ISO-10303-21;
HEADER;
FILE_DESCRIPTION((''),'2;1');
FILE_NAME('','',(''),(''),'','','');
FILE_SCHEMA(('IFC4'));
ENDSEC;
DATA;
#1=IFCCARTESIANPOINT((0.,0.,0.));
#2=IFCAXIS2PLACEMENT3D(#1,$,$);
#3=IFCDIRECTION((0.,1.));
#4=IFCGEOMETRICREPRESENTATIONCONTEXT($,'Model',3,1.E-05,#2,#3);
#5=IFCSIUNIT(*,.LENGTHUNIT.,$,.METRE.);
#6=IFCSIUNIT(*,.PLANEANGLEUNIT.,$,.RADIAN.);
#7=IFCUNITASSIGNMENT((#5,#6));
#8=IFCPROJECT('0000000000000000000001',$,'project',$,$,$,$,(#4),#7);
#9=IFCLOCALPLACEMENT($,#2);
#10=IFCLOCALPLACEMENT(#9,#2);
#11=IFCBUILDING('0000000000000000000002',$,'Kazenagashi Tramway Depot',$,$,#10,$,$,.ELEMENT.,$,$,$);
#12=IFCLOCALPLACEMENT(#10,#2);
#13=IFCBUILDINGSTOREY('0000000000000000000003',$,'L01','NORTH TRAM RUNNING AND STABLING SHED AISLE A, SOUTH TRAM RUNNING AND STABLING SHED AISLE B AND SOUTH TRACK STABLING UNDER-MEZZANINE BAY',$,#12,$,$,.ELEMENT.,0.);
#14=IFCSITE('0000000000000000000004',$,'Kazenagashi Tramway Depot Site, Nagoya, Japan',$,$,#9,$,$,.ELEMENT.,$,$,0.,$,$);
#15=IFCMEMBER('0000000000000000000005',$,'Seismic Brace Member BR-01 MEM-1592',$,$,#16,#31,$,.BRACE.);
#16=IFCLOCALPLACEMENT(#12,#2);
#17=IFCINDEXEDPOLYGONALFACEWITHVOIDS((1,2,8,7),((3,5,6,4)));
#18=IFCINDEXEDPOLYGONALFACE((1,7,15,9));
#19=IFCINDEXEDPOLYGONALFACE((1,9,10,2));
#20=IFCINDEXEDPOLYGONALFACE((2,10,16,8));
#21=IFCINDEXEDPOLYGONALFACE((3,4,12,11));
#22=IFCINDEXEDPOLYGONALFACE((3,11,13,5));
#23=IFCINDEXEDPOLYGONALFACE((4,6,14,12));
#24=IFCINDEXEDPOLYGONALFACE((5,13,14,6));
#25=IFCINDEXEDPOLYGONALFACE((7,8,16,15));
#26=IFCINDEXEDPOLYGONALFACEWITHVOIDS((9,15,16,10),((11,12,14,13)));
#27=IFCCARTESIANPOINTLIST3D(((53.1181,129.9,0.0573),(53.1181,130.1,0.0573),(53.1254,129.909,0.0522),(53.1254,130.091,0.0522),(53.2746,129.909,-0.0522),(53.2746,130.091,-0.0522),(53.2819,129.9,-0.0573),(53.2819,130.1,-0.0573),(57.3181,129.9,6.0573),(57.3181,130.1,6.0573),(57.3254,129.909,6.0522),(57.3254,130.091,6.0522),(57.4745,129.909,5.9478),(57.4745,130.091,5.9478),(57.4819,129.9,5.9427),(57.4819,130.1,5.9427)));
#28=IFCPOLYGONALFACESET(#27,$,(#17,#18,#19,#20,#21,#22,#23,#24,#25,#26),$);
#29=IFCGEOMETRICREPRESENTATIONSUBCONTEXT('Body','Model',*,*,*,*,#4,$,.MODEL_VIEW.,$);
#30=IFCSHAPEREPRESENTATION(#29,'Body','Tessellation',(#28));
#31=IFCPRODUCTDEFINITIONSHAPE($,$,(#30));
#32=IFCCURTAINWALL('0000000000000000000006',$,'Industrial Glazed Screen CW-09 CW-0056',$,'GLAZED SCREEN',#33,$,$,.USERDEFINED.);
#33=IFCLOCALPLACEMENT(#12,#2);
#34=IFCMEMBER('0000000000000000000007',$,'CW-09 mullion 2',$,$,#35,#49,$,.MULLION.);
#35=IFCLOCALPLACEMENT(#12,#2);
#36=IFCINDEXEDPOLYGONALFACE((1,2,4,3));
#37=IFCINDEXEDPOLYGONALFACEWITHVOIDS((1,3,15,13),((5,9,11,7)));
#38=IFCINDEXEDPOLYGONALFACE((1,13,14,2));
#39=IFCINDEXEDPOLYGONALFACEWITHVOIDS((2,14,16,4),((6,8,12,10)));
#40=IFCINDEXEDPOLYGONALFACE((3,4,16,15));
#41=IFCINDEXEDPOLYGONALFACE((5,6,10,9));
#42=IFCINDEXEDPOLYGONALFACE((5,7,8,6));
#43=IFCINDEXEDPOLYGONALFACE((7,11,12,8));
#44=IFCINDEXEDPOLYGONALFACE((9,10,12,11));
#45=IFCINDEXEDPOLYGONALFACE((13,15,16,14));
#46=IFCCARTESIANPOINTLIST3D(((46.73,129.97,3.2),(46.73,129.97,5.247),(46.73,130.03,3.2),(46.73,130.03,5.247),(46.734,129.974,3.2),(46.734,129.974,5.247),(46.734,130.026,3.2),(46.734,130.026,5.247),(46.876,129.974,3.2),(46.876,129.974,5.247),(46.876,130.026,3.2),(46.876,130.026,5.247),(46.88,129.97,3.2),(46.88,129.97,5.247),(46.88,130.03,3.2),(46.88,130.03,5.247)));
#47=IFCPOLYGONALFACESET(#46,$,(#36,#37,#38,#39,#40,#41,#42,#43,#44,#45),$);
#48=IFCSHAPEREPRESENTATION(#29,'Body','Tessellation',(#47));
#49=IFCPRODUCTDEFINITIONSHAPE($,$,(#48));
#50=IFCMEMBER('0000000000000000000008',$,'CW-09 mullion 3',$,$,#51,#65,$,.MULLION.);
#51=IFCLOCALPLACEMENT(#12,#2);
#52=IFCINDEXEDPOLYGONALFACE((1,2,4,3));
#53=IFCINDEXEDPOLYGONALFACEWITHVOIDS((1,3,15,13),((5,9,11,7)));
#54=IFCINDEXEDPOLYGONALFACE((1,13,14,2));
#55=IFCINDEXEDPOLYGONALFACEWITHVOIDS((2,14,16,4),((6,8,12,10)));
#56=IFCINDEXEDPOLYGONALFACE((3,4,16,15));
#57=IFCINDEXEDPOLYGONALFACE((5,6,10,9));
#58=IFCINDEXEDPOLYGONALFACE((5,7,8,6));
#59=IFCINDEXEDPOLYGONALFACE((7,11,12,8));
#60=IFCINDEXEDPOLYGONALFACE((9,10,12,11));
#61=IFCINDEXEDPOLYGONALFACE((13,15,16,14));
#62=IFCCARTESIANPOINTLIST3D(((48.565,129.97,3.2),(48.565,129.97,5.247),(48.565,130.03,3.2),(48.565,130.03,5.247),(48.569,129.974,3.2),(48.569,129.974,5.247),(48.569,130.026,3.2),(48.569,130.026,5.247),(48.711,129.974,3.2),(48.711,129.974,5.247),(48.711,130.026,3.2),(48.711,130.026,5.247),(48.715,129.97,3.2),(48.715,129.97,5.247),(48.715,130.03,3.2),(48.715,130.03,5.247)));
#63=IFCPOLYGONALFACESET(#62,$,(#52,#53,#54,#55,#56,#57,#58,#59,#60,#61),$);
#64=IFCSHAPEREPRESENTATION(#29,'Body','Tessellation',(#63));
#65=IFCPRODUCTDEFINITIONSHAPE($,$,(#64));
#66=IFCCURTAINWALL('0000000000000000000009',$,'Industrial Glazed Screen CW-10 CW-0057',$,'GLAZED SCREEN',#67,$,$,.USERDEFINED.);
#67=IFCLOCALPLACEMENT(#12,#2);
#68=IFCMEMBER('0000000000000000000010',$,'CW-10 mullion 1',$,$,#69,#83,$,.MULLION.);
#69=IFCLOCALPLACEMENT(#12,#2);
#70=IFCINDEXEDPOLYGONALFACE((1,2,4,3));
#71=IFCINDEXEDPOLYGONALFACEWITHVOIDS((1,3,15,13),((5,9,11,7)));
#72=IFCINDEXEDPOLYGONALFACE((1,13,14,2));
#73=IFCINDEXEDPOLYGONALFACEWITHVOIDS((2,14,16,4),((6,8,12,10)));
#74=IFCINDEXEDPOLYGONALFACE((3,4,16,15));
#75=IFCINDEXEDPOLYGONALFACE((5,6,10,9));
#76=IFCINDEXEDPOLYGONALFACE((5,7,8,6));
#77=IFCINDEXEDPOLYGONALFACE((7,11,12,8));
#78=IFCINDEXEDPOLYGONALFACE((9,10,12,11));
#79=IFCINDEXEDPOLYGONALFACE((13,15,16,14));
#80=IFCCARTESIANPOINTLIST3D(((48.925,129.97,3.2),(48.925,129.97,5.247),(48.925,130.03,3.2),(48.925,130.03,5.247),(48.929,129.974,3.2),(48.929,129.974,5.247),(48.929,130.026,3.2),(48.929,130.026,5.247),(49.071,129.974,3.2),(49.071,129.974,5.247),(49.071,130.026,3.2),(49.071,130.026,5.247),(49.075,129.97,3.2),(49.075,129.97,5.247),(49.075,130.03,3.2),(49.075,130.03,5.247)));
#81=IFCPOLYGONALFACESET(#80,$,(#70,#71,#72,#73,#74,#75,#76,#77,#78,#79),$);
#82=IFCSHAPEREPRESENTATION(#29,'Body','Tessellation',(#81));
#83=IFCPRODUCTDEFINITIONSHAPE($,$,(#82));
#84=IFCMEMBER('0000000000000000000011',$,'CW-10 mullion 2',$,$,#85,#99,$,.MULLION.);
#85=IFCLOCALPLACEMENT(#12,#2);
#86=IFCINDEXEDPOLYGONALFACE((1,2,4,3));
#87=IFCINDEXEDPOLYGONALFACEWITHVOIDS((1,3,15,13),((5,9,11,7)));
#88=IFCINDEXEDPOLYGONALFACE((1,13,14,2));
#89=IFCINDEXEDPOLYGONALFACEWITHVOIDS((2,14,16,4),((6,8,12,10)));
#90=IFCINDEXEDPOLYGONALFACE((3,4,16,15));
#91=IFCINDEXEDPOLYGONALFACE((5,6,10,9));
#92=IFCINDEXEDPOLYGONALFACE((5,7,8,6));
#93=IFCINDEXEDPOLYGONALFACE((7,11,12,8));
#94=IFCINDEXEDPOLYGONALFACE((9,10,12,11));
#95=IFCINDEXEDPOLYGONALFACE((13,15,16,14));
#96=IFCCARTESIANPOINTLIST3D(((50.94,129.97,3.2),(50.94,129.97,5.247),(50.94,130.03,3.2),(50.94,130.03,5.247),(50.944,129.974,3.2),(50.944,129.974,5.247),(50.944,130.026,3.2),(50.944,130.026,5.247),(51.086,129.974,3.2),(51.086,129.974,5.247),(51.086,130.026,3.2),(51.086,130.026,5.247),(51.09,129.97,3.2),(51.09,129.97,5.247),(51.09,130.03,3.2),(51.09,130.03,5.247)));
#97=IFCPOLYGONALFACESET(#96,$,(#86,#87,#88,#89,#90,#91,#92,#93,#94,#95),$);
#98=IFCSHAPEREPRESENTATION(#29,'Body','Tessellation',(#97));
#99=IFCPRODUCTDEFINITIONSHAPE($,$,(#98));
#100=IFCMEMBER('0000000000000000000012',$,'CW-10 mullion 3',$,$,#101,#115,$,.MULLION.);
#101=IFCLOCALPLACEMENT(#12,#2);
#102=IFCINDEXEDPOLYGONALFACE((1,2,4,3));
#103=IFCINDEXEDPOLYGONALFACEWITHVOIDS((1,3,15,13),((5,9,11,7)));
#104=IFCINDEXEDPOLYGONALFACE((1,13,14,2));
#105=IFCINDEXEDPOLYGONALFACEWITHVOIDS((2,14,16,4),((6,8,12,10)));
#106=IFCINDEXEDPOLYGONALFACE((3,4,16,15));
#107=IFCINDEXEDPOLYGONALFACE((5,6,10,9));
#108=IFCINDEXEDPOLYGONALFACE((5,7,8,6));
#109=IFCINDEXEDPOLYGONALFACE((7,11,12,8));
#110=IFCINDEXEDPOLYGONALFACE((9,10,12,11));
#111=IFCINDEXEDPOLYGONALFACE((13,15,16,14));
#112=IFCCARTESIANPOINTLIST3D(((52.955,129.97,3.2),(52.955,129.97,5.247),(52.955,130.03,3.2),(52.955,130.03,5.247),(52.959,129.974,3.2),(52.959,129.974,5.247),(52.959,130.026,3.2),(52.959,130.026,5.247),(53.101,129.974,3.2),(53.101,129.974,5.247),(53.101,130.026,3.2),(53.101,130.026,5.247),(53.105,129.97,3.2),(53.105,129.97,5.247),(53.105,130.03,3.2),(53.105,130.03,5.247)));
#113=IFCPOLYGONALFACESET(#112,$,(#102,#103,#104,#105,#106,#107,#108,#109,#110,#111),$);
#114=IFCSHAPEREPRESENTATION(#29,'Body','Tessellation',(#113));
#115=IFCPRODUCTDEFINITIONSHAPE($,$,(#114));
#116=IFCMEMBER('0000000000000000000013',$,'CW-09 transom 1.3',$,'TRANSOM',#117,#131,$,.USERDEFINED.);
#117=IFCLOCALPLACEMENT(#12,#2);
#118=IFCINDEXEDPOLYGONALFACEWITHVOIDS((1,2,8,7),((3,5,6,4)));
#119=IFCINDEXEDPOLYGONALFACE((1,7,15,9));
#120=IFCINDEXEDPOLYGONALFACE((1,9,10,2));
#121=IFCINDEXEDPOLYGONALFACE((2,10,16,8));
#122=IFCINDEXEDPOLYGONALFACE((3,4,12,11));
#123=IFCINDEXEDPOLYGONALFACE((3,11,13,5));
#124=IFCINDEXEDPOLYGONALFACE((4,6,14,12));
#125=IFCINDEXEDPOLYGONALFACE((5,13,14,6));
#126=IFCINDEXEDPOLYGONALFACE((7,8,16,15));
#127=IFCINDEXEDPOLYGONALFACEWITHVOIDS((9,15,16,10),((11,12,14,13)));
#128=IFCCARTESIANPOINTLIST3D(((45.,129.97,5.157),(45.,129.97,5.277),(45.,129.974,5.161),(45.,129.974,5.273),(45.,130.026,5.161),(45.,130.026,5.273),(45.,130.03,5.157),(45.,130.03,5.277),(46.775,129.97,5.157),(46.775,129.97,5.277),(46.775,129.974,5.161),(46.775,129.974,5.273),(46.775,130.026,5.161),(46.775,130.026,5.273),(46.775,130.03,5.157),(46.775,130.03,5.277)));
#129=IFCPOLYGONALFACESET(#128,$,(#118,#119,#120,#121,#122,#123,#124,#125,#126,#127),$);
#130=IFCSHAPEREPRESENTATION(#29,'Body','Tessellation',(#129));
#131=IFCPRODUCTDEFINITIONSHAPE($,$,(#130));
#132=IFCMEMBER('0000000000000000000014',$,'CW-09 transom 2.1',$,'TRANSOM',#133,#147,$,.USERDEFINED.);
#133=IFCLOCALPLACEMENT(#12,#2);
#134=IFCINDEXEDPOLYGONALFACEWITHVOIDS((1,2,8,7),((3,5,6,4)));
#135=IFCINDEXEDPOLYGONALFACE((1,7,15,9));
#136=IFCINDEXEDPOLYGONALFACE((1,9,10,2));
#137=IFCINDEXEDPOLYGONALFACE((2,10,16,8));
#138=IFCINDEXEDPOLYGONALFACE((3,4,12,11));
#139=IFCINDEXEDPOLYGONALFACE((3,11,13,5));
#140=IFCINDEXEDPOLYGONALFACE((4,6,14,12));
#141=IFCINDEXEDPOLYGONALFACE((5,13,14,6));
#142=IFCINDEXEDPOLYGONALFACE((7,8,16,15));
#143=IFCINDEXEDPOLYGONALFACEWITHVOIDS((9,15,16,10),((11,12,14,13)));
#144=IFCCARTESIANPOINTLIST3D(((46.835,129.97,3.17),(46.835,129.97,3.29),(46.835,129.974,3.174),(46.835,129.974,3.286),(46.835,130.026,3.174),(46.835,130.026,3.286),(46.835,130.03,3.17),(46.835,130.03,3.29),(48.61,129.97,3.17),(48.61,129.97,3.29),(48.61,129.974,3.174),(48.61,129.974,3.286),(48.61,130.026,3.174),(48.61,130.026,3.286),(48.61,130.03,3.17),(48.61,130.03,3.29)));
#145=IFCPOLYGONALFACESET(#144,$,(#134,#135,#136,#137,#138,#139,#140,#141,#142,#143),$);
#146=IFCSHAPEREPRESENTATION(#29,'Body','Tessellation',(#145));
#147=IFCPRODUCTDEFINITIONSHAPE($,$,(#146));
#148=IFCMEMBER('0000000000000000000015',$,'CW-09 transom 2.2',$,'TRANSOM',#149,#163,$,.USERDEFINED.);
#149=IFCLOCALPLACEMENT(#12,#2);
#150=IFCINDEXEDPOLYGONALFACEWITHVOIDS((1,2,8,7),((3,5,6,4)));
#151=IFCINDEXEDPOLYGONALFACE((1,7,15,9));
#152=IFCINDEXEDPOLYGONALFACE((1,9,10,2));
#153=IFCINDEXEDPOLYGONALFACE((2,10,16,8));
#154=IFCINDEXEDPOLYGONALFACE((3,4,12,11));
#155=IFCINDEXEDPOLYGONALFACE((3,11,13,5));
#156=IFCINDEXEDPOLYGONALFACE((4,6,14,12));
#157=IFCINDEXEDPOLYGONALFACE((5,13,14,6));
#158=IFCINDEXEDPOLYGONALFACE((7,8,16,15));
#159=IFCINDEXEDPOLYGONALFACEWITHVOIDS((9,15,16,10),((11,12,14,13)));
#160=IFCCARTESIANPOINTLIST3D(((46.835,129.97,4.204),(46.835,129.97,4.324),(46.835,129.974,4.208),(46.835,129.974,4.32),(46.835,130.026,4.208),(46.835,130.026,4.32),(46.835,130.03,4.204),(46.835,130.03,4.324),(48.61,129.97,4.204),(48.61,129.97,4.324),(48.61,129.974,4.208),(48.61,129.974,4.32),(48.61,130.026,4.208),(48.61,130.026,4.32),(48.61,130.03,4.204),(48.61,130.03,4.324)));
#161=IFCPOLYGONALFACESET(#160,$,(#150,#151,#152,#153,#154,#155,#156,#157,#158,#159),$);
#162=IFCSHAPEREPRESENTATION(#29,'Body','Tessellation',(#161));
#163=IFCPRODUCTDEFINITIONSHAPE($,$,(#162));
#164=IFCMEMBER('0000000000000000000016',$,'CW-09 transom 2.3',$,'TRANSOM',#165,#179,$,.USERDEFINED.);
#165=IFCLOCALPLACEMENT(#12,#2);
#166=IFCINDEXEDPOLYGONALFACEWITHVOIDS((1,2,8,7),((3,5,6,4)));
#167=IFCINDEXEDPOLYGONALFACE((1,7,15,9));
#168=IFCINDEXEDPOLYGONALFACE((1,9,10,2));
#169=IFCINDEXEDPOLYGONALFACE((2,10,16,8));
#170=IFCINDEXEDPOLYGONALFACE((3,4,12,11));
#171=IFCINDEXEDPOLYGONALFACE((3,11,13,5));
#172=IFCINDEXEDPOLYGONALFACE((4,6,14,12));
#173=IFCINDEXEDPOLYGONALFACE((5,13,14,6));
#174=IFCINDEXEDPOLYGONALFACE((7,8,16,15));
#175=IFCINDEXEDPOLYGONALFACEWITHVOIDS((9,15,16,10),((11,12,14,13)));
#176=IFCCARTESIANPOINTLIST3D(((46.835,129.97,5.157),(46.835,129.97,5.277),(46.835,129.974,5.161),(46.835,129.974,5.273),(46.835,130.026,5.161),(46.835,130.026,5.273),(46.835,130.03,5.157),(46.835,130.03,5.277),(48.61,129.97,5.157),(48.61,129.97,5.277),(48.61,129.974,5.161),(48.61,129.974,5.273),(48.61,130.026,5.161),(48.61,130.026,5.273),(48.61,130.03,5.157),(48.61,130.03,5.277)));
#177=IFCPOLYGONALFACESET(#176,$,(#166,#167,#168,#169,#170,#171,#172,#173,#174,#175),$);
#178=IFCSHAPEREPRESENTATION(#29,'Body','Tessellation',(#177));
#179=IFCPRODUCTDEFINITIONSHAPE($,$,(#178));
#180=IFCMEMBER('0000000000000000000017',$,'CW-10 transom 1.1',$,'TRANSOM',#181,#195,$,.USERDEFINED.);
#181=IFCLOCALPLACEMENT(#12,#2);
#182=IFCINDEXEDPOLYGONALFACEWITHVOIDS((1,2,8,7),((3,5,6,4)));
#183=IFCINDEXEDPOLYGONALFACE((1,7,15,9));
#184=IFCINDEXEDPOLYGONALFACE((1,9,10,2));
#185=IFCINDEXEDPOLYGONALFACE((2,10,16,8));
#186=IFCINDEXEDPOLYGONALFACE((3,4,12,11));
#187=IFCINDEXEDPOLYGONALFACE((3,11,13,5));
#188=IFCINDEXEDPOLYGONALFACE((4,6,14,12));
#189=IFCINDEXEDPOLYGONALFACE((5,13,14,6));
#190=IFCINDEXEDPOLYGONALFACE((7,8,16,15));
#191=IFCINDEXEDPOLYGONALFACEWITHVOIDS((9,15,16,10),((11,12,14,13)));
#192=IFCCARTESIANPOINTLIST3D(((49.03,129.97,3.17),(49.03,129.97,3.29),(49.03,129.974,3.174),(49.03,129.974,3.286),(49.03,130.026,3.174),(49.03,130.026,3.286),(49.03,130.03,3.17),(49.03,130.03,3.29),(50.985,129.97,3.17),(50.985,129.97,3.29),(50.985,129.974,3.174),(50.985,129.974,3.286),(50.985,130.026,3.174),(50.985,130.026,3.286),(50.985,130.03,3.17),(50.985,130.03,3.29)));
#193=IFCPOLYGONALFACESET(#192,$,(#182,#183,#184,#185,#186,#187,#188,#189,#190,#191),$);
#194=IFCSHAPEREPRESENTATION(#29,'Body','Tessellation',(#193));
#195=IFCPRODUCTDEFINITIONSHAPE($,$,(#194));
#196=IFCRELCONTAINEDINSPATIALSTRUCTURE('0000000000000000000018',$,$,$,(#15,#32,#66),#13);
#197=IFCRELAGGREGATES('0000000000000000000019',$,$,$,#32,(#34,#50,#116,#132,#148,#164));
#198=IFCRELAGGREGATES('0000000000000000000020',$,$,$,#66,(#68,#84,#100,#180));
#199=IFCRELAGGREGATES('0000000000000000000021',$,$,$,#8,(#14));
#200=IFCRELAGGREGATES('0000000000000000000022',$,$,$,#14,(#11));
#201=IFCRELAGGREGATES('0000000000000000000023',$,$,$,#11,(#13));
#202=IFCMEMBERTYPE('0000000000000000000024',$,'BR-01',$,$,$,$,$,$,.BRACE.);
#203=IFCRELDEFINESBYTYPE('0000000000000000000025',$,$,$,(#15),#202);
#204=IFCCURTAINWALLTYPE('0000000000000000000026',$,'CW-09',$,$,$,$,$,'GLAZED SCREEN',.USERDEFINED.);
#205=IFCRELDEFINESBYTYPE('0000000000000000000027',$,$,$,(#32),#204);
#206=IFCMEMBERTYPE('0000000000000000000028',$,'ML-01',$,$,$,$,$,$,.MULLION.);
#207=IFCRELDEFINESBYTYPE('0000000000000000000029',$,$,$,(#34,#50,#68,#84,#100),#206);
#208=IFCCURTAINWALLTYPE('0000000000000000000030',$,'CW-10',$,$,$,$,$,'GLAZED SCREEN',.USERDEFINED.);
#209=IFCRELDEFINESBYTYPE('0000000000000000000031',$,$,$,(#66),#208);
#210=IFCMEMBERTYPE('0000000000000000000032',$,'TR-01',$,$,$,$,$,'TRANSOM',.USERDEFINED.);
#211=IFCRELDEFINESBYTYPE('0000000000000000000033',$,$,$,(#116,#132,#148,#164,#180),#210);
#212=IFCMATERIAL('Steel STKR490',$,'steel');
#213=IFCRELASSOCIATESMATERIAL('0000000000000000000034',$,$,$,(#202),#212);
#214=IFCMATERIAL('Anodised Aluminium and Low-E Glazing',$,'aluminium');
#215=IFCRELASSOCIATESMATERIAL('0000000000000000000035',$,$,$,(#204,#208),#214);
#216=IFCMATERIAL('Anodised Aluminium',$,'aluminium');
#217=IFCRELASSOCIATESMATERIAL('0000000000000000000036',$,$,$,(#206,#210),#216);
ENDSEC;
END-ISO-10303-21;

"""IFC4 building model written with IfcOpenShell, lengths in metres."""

from ifc_helpers import new_model, si_unit, direction, frame, origin, origin_2d, place, context, subcontext, project, spatial, hollow_rectangle, extrude, material, material_profile, profile_set, type_object, element, aggregate, save


model = new_model("IFC4")

# Units and contexts
model_context = context("Model", 3, precision=1e-05, world=origin(), true_north=direction((0.0, 1.0)))
body_context = subcontext(model_context, "Body", "Model", "MODEL_VIEW")
ifc_project = project(units=[si_unit("LENGTHUNIT", "METRE"), si_unit("PLANEANGLEUNIT", "RADIAN")], contexts=[model_context])

# Site, building, storey
site_placement = place(None, origin())
site = spatial("IfcSite", under=ifc_project, at=site_placement, Name="Kazenagashi Tramway Depot Site, Nagoya, Japan", CompositionType="ELEMENT", RefElevation=0.0)
building_placement = place(site_placement, origin())
building = spatial("IfcBuilding", under=site, at=building_placement, Name="Kazenagashi Tramway Depot", CompositionType="ELEMENT")
storey_placement = place(building_placement, origin())
storey = spatial("IfcBuildingStorey", under=building, at=storey_placement, Name="L01", Description="NORTH TRAM RUNNING AND STABLING SHED AISLE A, SOUTH TRAM RUNNING AND STABLING SHED AISLE B AND SOUTH TRACK STABLING UNDER-MEZZANINE BAY", CompositionType="ELEMENT", Elevation=0.0)

# Member
ifc_material_1 = material(Name="Steel STKR490", Category="steel")
ifc_material_profile_1 = material_profile(ifc_material_1, hollow_rectangle(XDim=0.2, YDim=0.2, WallThickness=0.009, at=origin_2d()), Name="SHS-200x200x9")
ifc_profile_set_1 = profile_set([ifc_material_profile_1], Name="Steel STKR490")
member_type_1 = type_object("IfcMemberType", Name="BR-01", PredefinedType="BRACE", material=ifc_profile_set_1)
member_1_placement = place(storey_placement, frame((53.2, 130.0, 0.0), z_axis=(0.573462, 0.0, 0.819232), x_axis=(0.0, 1.0, 0.0)))
element("IfcMember", 1, at=member_1_placement, inside=storey, type_object=member_type_1, Name="Seismic Brace Member BR-01 MEM-1592", PredefinedType="BRACE", context=body_context, shape_type="SweptSolid", body=[
    extrude(hollow_rectangle(XDim=0.2, YDim=0.2, WallThickness=0.009, at=origin_2d()), origin(), (0.0, 0.0, 1.0), 7.3239),
])

# Curtain walls, members
ifc_material_2 = material(Name="Anodised Aluminium and Low-E Glazing", Category="aluminium")
curtain_wall_type_1 = type_object("IfcCurtainWallType", Name="CW-09", ElementType="GLAZED SCREEN", PredefinedType="USERDEFINED", material=ifc_material_2)
curtain_wall_1_placement = place(storey_placement, origin())
curtain_wall_1 = element("IfcCurtainWall", 2, at=curtain_wall_1_placement, inside=storey, type_object=curtain_wall_type_1, Name="Industrial Glazed Screen CW-09 CW-0056", ObjectType="GLAZED SCREEN", PredefinedType="USERDEFINED")
ifc_material_3 = material(Name="Anodised Aluminium", Category="aluminium")
ifc_material_profile_2 = material_profile(ifc_material_3, hollow_rectangle(XDim=0.06, YDim=0.15, WallThickness=0.004, at=origin_2d()), Name="RHS-150x60x4")
ifc_profile_set_2 = profile_set([ifc_material_profile_2], Name="Anodised Aluminium")
member_type_2 = type_object("IfcMemberType", Name="ML-01", PredefinedType="MULLION", material=ifc_profile_set_2)
member_2_placement = place(storey_placement, frame((46.805, 130.0, 3.2), z_axis=(0.0, 0.0, 1.0), x_axis=(0.0, 1.0, 0.0)))
member_2 = element("IfcMember", 3, at=member_2_placement, type_object=member_type_2, Name="CW-09 mullion 2", PredefinedType="MULLION", context=body_context, shape_type="SweptSolid", body=[
    extrude(hollow_rectangle(XDim=0.06, YDim=0.15, WallThickness=0.004, at=origin_2d()), origin(), (0.0, 0.0, 1.0), 2.047),
])
member_3_placement = place(storey_placement, frame((48.64, 130.0, 3.2), z_axis=(0.0, 0.0, 1.0), x_axis=(0.0, 1.0, 0.0)))
member_3 = element("IfcMember", 4, at=member_3_placement, type_object=member_type_2, Name="CW-09 mullion 3", PredefinedType="MULLION", context=body_context, shape_type="SweptSolid", body=[
    extrude(hollow_rectangle(XDim=0.06, YDim=0.15, WallThickness=0.004, at=origin_2d()), origin(), (0.0, 0.0, 1.0), 2.047),
])
curtain_wall_type_2 = type_object("IfcCurtainWallType", Name="CW-10", ElementType="GLAZED SCREEN", PredefinedType="USERDEFINED", material=ifc_material_2)
curtain_wall_2_placement = place(storey_placement, origin())
curtain_wall_2 = element("IfcCurtainWall", 5, at=curtain_wall_2_placement, inside=storey, type_object=curtain_wall_type_2, Name="Industrial Glazed Screen CW-10 CW-0057", ObjectType="GLAZED SCREEN", PredefinedType="USERDEFINED")
member_4_placement = place(storey_placement, frame((49.0, 130.0, 3.2), z_axis=(0.0, 0.0, 1.0), x_axis=(0.0, 1.0, 0.0)))
member_4 = element("IfcMember", 6, at=member_4_placement, type_object=member_type_2, Name="CW-10 mullion 1", PredefinedType="MULLION", context=body_context, shape_type="SweptSolid", body=[
    extrude(hollow_rectangle(XDim=0.06, YDim=0.15, WallThickness=0.004, at=origin_2d()), origin(), (0.0, 0.0, 1.0), 2.047),
])
member_5_placement = place(storey_placement, frame((51.015, 130.0, 3.2), z_axis=(0.0, 0.0, 1.0), x_axis=(0.0, 1.0, 0.0)))
member_5 = element("IfcMember", 7, at=member_5_placement, type_object=member_type_2, Name="CW-10 mullion 2", PredefinedType="MULLION", context=body_context, shape_type="SweptSolid", body=[
    extrude(hollow_rectangle(XDim=0.06, YDim=0.15, WallThickness=0.004, at=origin_2d()), origin(), (0.0, 0.0, 1.0), 2.047),
])
member_6_placement = place(storey_placement, frame((53.03, 130.0, 3.2), z_axis=(0.0, 0.0, 1.0), x_axis=(0.0, 1.0, 0.0)))
member_6 = element("IfcMember", 8, at=member_6_placement, type_object=member_type_2, Name="CW-10 mullion 3", PredefinedType="MULLION", context=body_context, shape_type="SweptSolid", body=[
    extrude(hollow_rectangle(XDim=0.06, YDim=0.15, WallThickness=0.004, at=origin_2d()), origin(), (0.0, 0.0, 1.0), 2.047),
])

# Members
ifc_material_profile_3 = material_profile(ifc_material_3, hollow_rectangle(XDim=0.06, YDim=0.12, WallThickness=0.004, at=origin_2d()), Name="RHS-120x60x4")
ifc_profile_set_3 = profile_set([ifc_material_profile_3], Name="Anodised Aluminium")
member_type_3 = type_object("IfcMemberType", Name="TR-01", ElementType="TRANSOM", PredefinedType="USERDEFINED", material=ifc_profile_set_3)
member_7_placement = place(storey_placement, frame((45.0, 130.0, 5.217), z_axis=(1.0, 0.0, 0.0), x_axis=(0.0, 1.0, 0.0)))
member_7 = element("IfcMember", 9, at=member_7_placement, type_object=member_type_3, Name="CW-09 transom 1.3", ObjectType="TRANSOM", PredefinedType="USERDEFINED", context=body_context, shape_type="SweptSolid", body=[
    extrude(hollow_rectangle(XDim=0.06, YDim=0.12, WallThickness=0.004, at=origin_2d()), origin(), (0.0, 0.0, 1.0), 1.775),
])
member_8_placement = place(storey_placement, frame((46.835, 130.0, 3.23), z_axis=(1.0, 0.0, 0.0), x_axis=(0.0, 1.0, 0.0)))
member_8 = element("IfcMember", 10, at=member_8_placement, type_object=member_type_3, Name="CW-09 transom 2.1", ObjectType="TRANSOM", PredefinedType="USERDEFINED", context=body_context, shape_type="SweptSolid", body=[
    extrude(hollow_rectangle(XDim=0.06, YDim=0.12, WallThickness=0.004, at=origin_2d()), origin(), (0.0, 0.0, 1.0), 1.775),
])
member_9_placement = place(storey_placement, frame((46.835, 130.0, 4.264), z_axis=(1.0, 0.0, 0.0), x_axis=(0.0, 1.0, 0.0)))
member_9 = element("IfcMember", 11, at=member_9_placement, type_object=member_type_3, Name="CW-09 transom 2.2", ObjectType="TRANSOM", PredefinedType="USERDEFINED", context=body_context, shape_type="SweptSolid", body=[
    extrude(hollow_rectangle(XDim=0.06, YDim=0.12, WallThickness=0.004, at=origin_2d()), origin(), (0.0, 0.0, 1.0), 1.775),
])
member_10_placement = place(storey_placement, frame((46.835, 130.0, 5.217), z_axis=(1.0, 0.0, 0.0), x_axis=(0.0, 1.0, 0.0)))
member_10 = element("IfcMember", 12, at=member_10_placement, type_object=member_type_3, Name="CW-09 transom 2.3", ObjectType="TRANSOM", PredefinedType="USERDEFINED", context=body_context, shape_type="SweptSolid", body=[
    extrude(hollow_rectangle(XDim=0.06, YDim=0.12, WallThickness=0.004, at=origin_2d()), origin(), (0.0, 0.0, 1.0), 1.775),
])
member_11_placement = place(storey_placement, frame((49.03, 130.0, 3.23), z_axis=(1.0, 0.0, 0.0), x_axis=(0.0, 1.0, 0.0)))
member_11 = element("IfcMember", 13, at=member_11_placement, type_object=member_type_3, Name="CW-10 transom 1.1", ObjectType="TRANSOM", PredefinedType="USERDEFINED", context=body_context, shape_type="SweptSolid", body=[
    extrude(hollow_rectangle(XDim=0.06, YDim=0.12, WallThickness=0.004, at=origin_2d()), origin(), (0.0, 0.0, 1.0), 1.955),
])

aggregate(curtain_wall_1, [member_2, member_3, member_7, member_8, member_9, member_10])
aggregate(curtain_wall_2, [member_4, member_5, member_6, member_11])

save(model, "model.ifc")
